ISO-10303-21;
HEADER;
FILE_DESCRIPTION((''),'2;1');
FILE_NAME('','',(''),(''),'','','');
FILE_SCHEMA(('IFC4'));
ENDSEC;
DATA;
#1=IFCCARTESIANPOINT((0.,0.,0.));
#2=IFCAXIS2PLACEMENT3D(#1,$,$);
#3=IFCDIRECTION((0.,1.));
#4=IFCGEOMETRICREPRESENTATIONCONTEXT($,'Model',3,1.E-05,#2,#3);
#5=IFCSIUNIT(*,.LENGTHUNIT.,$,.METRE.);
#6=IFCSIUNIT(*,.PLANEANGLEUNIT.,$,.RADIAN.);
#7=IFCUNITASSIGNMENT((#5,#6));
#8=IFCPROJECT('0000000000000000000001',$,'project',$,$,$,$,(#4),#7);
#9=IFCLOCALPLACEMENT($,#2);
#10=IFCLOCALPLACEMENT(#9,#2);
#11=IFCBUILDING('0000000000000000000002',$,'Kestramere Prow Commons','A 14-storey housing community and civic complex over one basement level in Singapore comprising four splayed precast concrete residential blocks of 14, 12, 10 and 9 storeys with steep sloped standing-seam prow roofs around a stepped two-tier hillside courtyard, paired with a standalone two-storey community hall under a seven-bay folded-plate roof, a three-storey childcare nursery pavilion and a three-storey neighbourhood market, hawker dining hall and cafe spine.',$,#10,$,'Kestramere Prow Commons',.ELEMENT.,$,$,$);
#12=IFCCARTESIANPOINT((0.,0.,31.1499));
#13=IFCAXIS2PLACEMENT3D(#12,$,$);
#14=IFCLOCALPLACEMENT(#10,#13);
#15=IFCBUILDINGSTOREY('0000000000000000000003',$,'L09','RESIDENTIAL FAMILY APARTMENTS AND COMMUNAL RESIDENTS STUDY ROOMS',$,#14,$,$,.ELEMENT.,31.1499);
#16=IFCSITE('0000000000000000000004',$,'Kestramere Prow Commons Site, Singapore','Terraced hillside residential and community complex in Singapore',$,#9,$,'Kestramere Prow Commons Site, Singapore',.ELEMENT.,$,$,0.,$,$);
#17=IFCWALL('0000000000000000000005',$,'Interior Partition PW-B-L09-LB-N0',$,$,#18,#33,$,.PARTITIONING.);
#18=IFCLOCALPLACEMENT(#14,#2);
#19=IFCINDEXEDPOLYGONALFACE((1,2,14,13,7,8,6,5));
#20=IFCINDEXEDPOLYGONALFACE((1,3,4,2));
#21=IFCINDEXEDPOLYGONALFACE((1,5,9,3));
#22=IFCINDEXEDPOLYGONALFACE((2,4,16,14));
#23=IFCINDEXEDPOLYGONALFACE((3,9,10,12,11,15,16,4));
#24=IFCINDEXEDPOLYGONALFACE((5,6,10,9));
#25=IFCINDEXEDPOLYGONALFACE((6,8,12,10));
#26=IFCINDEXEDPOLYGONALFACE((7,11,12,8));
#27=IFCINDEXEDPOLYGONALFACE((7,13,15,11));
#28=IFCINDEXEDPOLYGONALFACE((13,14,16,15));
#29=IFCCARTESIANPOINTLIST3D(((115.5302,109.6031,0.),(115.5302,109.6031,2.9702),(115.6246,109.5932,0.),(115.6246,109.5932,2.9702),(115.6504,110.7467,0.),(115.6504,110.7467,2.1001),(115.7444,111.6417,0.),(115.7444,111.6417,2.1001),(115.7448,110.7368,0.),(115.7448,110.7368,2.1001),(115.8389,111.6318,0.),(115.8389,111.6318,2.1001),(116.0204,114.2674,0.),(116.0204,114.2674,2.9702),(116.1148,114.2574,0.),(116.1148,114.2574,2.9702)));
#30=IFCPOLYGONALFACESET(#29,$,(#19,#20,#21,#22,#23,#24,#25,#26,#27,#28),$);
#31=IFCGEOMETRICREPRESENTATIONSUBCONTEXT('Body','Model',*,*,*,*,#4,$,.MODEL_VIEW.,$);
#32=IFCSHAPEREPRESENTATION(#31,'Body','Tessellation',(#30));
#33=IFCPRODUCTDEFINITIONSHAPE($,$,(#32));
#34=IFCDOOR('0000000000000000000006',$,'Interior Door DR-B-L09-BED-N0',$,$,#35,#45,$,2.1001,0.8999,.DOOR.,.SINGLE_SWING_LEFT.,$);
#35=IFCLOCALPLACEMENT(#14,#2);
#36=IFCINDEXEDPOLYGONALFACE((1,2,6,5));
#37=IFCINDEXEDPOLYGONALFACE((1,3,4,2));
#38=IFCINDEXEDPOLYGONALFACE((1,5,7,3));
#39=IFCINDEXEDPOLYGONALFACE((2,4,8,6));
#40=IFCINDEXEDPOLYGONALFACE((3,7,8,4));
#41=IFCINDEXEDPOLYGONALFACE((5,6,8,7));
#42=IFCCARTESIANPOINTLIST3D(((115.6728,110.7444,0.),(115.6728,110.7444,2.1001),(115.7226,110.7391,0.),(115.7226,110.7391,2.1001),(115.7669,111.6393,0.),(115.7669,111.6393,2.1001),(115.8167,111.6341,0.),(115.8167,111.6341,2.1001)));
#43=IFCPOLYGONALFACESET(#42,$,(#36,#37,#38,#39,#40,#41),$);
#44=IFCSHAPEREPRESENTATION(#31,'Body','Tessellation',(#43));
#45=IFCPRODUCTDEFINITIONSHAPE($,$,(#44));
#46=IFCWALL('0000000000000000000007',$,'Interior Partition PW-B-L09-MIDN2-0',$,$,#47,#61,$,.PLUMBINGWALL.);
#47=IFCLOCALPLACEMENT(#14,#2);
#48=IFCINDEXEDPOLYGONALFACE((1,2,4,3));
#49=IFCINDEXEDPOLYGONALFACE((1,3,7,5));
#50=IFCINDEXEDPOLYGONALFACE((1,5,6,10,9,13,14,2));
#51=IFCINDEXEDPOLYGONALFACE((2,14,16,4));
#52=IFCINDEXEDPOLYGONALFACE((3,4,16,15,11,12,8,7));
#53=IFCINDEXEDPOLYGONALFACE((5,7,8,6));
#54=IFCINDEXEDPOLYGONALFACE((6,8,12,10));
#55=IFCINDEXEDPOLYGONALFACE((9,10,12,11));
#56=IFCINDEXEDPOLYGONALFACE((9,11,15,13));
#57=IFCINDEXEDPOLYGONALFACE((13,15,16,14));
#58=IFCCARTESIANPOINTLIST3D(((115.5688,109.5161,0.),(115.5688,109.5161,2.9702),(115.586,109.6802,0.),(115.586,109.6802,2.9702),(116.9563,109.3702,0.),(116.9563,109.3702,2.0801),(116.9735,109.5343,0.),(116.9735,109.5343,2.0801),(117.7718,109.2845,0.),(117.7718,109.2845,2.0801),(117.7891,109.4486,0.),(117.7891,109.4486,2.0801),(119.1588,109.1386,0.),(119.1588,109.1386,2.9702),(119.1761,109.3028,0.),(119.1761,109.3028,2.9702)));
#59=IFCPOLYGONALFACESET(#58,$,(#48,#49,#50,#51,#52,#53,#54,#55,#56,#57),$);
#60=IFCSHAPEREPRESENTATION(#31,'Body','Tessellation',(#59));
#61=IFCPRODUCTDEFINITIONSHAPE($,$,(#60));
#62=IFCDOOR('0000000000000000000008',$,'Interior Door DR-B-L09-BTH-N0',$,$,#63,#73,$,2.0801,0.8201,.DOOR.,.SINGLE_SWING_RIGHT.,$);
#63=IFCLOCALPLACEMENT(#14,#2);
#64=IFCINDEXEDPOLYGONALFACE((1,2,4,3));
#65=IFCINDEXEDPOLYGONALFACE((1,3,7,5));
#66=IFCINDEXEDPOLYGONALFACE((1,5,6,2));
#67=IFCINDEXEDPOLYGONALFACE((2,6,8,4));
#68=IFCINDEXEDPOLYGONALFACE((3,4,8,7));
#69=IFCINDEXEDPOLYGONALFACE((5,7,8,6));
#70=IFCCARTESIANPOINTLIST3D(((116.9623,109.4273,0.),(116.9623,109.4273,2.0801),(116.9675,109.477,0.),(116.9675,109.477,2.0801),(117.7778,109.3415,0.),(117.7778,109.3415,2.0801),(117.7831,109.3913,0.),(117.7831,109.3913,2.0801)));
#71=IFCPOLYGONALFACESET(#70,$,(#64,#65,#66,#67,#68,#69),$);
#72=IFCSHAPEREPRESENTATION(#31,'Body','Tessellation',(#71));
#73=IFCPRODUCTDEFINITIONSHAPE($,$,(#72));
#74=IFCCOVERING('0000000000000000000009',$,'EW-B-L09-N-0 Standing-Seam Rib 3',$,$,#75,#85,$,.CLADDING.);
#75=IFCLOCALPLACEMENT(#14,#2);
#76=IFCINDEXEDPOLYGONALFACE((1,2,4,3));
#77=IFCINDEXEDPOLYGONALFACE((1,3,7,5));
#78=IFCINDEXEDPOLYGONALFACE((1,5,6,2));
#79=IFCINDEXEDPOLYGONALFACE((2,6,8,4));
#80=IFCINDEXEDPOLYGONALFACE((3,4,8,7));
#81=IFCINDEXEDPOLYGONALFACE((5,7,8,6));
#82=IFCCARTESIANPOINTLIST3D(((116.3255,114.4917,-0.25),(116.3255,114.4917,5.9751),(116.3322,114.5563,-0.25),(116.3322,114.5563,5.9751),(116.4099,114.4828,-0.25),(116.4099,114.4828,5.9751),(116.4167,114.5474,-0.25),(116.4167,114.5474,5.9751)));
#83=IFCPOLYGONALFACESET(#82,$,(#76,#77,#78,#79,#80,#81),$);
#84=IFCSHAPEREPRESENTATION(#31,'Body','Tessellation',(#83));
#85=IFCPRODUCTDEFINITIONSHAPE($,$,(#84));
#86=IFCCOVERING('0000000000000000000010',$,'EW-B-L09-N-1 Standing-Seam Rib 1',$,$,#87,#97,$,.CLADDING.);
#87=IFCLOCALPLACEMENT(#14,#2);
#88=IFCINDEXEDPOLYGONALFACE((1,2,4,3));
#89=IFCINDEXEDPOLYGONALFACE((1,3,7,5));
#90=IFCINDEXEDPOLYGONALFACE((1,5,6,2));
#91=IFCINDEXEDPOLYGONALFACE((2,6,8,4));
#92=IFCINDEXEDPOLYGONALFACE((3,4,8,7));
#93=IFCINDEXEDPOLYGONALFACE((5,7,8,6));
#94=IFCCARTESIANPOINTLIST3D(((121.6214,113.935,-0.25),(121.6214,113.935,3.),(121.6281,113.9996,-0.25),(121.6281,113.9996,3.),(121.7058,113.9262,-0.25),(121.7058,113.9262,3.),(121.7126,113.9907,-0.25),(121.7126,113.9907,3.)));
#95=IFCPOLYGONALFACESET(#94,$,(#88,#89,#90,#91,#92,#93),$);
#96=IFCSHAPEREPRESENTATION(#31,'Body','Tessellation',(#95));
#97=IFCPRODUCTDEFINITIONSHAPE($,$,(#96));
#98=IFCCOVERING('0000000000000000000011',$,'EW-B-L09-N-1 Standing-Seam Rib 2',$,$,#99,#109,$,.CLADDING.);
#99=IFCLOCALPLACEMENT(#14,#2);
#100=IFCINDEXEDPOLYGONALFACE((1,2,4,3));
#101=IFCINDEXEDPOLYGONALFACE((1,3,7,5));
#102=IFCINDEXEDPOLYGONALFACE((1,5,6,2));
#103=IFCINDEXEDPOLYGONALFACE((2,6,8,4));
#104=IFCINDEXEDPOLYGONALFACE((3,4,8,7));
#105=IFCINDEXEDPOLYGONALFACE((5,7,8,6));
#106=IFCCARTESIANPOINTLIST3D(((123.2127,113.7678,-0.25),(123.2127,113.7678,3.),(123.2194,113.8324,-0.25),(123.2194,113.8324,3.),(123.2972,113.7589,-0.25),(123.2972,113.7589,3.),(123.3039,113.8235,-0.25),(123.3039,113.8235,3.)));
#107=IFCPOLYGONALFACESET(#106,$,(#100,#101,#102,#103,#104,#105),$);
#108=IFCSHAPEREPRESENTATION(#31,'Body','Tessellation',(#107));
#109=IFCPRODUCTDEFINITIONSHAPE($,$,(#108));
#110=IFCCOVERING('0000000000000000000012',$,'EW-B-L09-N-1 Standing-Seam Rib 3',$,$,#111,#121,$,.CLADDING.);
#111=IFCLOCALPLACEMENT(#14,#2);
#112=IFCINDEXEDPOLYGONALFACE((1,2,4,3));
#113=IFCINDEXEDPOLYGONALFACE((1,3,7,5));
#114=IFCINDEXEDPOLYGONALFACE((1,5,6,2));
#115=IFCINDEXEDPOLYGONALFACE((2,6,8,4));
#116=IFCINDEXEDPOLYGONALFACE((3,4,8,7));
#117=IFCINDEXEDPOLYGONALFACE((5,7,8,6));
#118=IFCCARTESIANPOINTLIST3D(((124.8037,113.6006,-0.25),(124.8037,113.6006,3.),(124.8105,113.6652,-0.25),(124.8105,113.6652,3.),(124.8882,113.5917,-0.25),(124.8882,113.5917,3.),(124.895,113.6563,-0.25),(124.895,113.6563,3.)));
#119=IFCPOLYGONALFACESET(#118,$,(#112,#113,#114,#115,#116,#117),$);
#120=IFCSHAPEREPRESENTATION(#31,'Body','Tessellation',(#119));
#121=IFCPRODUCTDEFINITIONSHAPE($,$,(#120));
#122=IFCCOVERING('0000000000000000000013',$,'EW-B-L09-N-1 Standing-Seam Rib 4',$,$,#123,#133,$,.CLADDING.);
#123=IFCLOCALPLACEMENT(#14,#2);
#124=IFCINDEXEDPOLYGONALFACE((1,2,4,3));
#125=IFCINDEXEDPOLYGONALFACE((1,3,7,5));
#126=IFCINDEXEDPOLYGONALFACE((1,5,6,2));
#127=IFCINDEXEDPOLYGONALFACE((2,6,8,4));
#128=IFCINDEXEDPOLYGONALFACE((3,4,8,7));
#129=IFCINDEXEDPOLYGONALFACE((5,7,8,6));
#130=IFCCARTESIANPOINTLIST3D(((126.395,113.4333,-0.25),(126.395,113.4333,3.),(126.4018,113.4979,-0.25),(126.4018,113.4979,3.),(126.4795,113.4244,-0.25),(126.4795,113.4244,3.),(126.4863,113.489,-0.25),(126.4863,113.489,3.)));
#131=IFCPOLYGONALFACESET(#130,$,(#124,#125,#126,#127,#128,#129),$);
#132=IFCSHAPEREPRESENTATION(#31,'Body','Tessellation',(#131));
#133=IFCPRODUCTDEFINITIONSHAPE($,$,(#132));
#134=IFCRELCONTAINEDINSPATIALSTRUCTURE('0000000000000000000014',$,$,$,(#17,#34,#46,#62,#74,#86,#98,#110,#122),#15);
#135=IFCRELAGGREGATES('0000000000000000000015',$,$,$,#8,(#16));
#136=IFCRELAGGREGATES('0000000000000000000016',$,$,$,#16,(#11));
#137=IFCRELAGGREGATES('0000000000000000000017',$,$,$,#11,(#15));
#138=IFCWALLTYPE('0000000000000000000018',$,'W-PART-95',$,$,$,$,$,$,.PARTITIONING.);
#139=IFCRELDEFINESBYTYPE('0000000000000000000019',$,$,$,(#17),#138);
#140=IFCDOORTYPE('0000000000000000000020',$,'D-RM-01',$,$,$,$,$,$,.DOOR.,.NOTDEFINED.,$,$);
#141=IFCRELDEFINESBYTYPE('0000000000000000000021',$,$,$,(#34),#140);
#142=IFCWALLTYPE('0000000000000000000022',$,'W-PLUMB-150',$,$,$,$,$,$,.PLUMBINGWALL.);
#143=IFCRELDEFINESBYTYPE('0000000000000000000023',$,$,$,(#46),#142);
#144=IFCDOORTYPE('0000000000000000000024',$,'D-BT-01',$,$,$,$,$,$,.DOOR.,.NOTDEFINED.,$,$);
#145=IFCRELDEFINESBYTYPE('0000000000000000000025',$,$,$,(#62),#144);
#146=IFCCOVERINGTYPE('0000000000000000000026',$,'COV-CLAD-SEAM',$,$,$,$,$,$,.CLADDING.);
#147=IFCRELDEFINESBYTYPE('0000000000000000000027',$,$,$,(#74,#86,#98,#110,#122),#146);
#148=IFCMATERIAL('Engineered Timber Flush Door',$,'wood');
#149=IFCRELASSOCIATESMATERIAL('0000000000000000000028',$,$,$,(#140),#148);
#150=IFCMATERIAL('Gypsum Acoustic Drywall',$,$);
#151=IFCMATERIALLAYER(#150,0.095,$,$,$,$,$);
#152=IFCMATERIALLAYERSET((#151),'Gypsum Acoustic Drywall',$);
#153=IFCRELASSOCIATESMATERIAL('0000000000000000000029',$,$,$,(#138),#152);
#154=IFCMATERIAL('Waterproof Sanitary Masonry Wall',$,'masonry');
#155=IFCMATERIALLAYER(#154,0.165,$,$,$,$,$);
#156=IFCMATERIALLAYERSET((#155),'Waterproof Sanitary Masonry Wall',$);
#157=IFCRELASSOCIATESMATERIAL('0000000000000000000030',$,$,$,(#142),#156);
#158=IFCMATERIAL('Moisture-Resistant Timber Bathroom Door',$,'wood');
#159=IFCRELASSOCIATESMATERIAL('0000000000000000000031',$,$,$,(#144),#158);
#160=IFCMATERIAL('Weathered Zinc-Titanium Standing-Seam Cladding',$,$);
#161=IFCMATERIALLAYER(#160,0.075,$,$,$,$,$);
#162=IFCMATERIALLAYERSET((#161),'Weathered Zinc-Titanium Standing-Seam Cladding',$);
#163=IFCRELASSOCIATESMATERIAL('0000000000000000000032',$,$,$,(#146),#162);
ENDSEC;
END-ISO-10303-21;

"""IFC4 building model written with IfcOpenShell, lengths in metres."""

from ifc_helpers import new_model, si_unit, direction, frame, frame_2d, origin, origin_2d, place, context, subcontext, project, spatial, rectangle, extrude, material, layer, layer_set, type_object, element, fill, save


model = new_model("IFC4")

# Units and contexts
model_context = context("Model", 3, precision=1e-05, world=origin(), true_north=direction((0.0, 1.0)))
body_context = subcontext(model_context, "Body", "Model", "MODEL_VIEW")
ifc_project = project(units=[si_unit("LENGTHUNIT", "METRE"), si_unit("PLANEANGLEUNIT", "RADIAN")], contexts=[model_context])

# Site, building, storey
site_placement = place(None, origin())
site = spatial("IfcSite", under=ifc_project, at=site_placement, Name="Kestramere Prow Commons Site, Singapore", Description="Terraced hillside residential and community complex in Singapore", LongName="Kestramere Prow Commons Site, Singapore", CompositionType="ELEMENT", RefElevation=0.0)
building_placement = place(site_placement, origin())
building = spatial("IfcBuilding", under=site, at=building_placement, Name="Kestramere Prow Commons", Description="A 14-storey housing community and civic complex over one basement level in Singapore comprising four splayed precast concrete residential blocks of 14, 12, 10 and 9 storeys with steep sloped standing-seam prow roofs around a stepped two-tier hillside courtyard, paired with a standalone two-storey community hall under a seven-bay folded-plate roof, a three-storey childcare nursery pavilion and a three-storey neighbourhood market, hawker dining hall and cafe spine.", LongName="Kestramere Prow Commons", CompositionType="ELEMENT")
storey_placement = place(building_placement, frame((0.0, 0.0, 31.1499)))
storey = spatial("IfcBuildingStorey", under=building, at=storey_placement, Name="L09", Description="RESIDENTIAL FAMILY APARTMENTS AND COMMUNAL RESIDENTS STUDY ROOMS", CompositionType="ELEMENT", Elevation=31.1499)

# Walls, openings, doors
ifc_material_1 = material(Name="Gypsum Acoustic Drywall")
ifc_material_2 = material(Name="Engineered Timber Flush Door", Category="wood")
door_type_1 = type_object("IfcDoorType", Name="D-RM-01", OperationType="NOTDEFINED", PredefinedType="DOOR", material=ifc_material_2)
ifc_layer_1 = layer(ifc_material_1, 0.095)
ifc_layer_set_1 = layer_set([ifc_layer_1], Name="Gypsum Acoustic Drywall")
wall_type_1 = type_object("IfcWallType", Name="W-PART-95", PredefinedType="PARTITIONING", material=ifc_layer_set_1)
wall_1_placement = place(storey_placement, frame((115.5774, 109.5981, 0.0), z_axis=(0.0, 0.0, 1.0), x_axis=(0.104528, 0.994522, 0.0)))
wall_1 = element("IfcWall", 1, at=wall_1_placement, inside=storey, type_object=wall_type_1, Name="Interior Partition PW-B-L09-LB-N0", PredefinedType="PARTITIONING", context=body_context, shape_type="SweptSolid", body=[
    extrude(rectangle(XDim=4.6899, YDim=0.095, at=frame_2d((2.345, 0.0))), origin(), (0.0, 0.0, 1.0), 2.9702),
])
opening_1_placement = place(wall_1_placement, frame((1.1499, 0.0, 0.0)))
opening_1 = element("IfcOpeningElement", 2, at=opening_1_placement, cuts=wall_1, PredefinedType="OPENING", context=body_context, shape_type="SweptSolid", body=[
    extrude(rectangle(XDim=0.8999, YDim=2.1001, at=frame_2d((0.45, 1.05))), frame((0.0, 0.0625, 0.0), z_axis=(0.0, -1.0, 0.0), x_axis=(1.0, 0.0, 0.0)), (0.0, 0.0, 1.0), 0.125),
])
door_1_placement = place(opening_1_placement, origin())
door_1 = element("IfcDoor", 3, at=door_1_placement, inside=storey, type_object=door_type_1, Name="Interior Door DR-B-L09-BED-N0", OperationType="SINGLE_SWING_LEFT", OverallHeight=2.1001, OverallWidth=0.8999, PredefinedType="DOOR", context=body_context, shape_type="SweptSolid", body=[
    extrude(rectangle(XDim=0.8999, YDim=2.1001, at=frame_2d((0.45, 1.05))), frame((0.0, 0.0249, 0.0), z_axis=(0.0, -1.0, 0.0), x_axis=(1.0, 0.0, 0.0)), (0.0, 0.0, 1.0), 0.05),
])
fill(opening_1, door_1)
ifc_material_3 = material(Name="Waterproof Sanitary Masonry Wall", Category="masonry")
ifc_layer_2 = layer(ifc_material_3, 0.165)
ifc_layer_set_2 = layer_set([ifc_layer_2], Name="Waterproof Sanitary Masonry Wall")
wall_type_2 = type_object("IfcWallType", Name="W-PLUMB-150", PredefinedType="PLUMBINGWALL", material=ifc_layer_set_2)
wall_2_placement = place(storey_placement, frame((115.5774, 109.5981, 0.0), z_axis=(0.0, 0.0, 1.0), x_axis=(0.994519, -0.104558, 0.0)))
wall_2 = element("IfcWall", 4, at=wall_2_placement, inside=storey, type_object=wall_type_2, Name="Interior Partition PW-B-L09-MIDN2-0", PredefinedType="PLUMBINGWALL", context=body_context, shape_type="SweptSolid", body=[
    extrude(rectangle(XDim=3.6099, YDim=0.165, at=frame_2d((1.8049, 0.0))), origin(), (0.0, 0.0, 1.0), 2.9702),
])
opening_2_placement = place(wall_2_placement, frame((1.395, 0.0, 0.0)))
opening_2 = element("IfcOpeningElement", 5, at=opening_2_placement, cuts=wall_2, PredefinedType="OPENING", context=body_context, shape_type="SweptSolid", body=[
    extrude(rectangle(XDim=0.8201, YDim=2.0801, at=frame_2d((0.4102, 1.04))), frame((0.0, 0.0974, 0.0), z_axis=(0.0, -1.0, 0.0), x_axis=(1.0, 0.0, 0.0)), (0.0, 0.0, 1.0), 0.1951),
])
ifc_material_4 = material(Name="Moisture-Resistant Timber Bathroom Door", Category="wood")
door_type_2 = type_object("IfcDoorType", Name="D-BT-01", OperationType="NOTDEFINED", PredefinedType="DOOR", material=ifc_material_4)
door_2_placement = place(opening_2_placement, origin())
door_2 = element("IfcDoor", 6, at=door_2_placement, inside=storey, type_object=door_type_2, Name="Interior Door DR-B-L09-BTH-N0", OperationType="SINGLE_SWING_RIGHT", OverallHeight=2.0801, OverallWidth=0.8201, PredefinedType="DOOR", context=body_context, shape_type="SweptSolid", body=[
    extrude(rectangle(XDim=0.8201, YDim=2.0801, at=frame_2d((0.4102, 1.04))), frame((0.0, 0.0249, 0.0), z_axis=(0.0, -1.0, 0.0), x_axis=(1.0, 0.0, 0.0)), (0.0, 0.0, 1.0), 0.05),
])
fill(opening_2, door_2)

# Coverings
ifc_material_5 = material(Name="Weathered Zinc-Titanium Standing-Seam Cladding")
ifc_layer_3 = layer(ifc_material_5, 0.075)
ifc_layer_set_3 = layer_set([ifc_layer_3], Name="Weathered Zinc-Titanium Standing-Seam Cladding")
covering_type = type_object("IfcCoveringType", Name="COV-CLAD-SEAM", PredefinedType="CLADDING", material=ifc_layer_set_3)
covering_placement = place(storey_placement, frame((116.3711, 114.5195, -0.25), z_axis=(0.0, 0.0, 1.0), x_axis=(0.994522, -0.104528, 0.0)))
element("IfcCovering", 7, at=covering_placement, inside=storey, type_object=covering_type, Name="EW-B-L09-N-0 Standing-Seam Rib 3", PredefinedType="CLADDING", context=body_context, shape_type="SweptSolid", body=[
    extrude(rectangle(XDim=0.085, YDim=0.0649, at=origin_2d()), origin(), (0.0, 0.0, 1.0), 6.2251),
])
for number, where, z_axis, x_axis, name in (
    (8, (121.667, 113.9629, -0.25), (0.0, 0.0, 1.0), (0.994522, -0.104528, 0.0), "EW-B-L09-N-1 Standing-Seam Rib 1"),
    (9, (123.2583, 113.7957, -0.25), (0.0, 0.0, 1.0), (0.994522, -0.104528, 0.0), "EW-B-L09-N-1 Standing-Seam Rib 2"),
    (10, (124.8494, 113.6284, -0.25), (0.0, 0.0, 1.0), (0.994522, -0.104528, 0.0), "EW-B-L09-N-1 Standing-Seam Rib 3"),
    (11, (126.4407, 113.4612, -0.25), (0.0, 0.0, 1.0), (0.994522, -0.104528, 0.0), "EW-B-L09-N-1 Standing-Seam Rib 4"),
):
    element("IfcCovering", number, at=place(storey_placement, frame(where, z_axis=z_axis, x_axis=x_axis)), inside=storey, type_object=covering_type, Name=name, PredefinedType="CLADDING", context=body_context, shape_type="SweptSolid", body=[
        extrude(rectangle(XDim=0.085, YDim=0.0649, at=origin_2d()), origin(), (0.0, 0.0, 1.0), 3.25),
    ])

save(model, "model.ifc")
